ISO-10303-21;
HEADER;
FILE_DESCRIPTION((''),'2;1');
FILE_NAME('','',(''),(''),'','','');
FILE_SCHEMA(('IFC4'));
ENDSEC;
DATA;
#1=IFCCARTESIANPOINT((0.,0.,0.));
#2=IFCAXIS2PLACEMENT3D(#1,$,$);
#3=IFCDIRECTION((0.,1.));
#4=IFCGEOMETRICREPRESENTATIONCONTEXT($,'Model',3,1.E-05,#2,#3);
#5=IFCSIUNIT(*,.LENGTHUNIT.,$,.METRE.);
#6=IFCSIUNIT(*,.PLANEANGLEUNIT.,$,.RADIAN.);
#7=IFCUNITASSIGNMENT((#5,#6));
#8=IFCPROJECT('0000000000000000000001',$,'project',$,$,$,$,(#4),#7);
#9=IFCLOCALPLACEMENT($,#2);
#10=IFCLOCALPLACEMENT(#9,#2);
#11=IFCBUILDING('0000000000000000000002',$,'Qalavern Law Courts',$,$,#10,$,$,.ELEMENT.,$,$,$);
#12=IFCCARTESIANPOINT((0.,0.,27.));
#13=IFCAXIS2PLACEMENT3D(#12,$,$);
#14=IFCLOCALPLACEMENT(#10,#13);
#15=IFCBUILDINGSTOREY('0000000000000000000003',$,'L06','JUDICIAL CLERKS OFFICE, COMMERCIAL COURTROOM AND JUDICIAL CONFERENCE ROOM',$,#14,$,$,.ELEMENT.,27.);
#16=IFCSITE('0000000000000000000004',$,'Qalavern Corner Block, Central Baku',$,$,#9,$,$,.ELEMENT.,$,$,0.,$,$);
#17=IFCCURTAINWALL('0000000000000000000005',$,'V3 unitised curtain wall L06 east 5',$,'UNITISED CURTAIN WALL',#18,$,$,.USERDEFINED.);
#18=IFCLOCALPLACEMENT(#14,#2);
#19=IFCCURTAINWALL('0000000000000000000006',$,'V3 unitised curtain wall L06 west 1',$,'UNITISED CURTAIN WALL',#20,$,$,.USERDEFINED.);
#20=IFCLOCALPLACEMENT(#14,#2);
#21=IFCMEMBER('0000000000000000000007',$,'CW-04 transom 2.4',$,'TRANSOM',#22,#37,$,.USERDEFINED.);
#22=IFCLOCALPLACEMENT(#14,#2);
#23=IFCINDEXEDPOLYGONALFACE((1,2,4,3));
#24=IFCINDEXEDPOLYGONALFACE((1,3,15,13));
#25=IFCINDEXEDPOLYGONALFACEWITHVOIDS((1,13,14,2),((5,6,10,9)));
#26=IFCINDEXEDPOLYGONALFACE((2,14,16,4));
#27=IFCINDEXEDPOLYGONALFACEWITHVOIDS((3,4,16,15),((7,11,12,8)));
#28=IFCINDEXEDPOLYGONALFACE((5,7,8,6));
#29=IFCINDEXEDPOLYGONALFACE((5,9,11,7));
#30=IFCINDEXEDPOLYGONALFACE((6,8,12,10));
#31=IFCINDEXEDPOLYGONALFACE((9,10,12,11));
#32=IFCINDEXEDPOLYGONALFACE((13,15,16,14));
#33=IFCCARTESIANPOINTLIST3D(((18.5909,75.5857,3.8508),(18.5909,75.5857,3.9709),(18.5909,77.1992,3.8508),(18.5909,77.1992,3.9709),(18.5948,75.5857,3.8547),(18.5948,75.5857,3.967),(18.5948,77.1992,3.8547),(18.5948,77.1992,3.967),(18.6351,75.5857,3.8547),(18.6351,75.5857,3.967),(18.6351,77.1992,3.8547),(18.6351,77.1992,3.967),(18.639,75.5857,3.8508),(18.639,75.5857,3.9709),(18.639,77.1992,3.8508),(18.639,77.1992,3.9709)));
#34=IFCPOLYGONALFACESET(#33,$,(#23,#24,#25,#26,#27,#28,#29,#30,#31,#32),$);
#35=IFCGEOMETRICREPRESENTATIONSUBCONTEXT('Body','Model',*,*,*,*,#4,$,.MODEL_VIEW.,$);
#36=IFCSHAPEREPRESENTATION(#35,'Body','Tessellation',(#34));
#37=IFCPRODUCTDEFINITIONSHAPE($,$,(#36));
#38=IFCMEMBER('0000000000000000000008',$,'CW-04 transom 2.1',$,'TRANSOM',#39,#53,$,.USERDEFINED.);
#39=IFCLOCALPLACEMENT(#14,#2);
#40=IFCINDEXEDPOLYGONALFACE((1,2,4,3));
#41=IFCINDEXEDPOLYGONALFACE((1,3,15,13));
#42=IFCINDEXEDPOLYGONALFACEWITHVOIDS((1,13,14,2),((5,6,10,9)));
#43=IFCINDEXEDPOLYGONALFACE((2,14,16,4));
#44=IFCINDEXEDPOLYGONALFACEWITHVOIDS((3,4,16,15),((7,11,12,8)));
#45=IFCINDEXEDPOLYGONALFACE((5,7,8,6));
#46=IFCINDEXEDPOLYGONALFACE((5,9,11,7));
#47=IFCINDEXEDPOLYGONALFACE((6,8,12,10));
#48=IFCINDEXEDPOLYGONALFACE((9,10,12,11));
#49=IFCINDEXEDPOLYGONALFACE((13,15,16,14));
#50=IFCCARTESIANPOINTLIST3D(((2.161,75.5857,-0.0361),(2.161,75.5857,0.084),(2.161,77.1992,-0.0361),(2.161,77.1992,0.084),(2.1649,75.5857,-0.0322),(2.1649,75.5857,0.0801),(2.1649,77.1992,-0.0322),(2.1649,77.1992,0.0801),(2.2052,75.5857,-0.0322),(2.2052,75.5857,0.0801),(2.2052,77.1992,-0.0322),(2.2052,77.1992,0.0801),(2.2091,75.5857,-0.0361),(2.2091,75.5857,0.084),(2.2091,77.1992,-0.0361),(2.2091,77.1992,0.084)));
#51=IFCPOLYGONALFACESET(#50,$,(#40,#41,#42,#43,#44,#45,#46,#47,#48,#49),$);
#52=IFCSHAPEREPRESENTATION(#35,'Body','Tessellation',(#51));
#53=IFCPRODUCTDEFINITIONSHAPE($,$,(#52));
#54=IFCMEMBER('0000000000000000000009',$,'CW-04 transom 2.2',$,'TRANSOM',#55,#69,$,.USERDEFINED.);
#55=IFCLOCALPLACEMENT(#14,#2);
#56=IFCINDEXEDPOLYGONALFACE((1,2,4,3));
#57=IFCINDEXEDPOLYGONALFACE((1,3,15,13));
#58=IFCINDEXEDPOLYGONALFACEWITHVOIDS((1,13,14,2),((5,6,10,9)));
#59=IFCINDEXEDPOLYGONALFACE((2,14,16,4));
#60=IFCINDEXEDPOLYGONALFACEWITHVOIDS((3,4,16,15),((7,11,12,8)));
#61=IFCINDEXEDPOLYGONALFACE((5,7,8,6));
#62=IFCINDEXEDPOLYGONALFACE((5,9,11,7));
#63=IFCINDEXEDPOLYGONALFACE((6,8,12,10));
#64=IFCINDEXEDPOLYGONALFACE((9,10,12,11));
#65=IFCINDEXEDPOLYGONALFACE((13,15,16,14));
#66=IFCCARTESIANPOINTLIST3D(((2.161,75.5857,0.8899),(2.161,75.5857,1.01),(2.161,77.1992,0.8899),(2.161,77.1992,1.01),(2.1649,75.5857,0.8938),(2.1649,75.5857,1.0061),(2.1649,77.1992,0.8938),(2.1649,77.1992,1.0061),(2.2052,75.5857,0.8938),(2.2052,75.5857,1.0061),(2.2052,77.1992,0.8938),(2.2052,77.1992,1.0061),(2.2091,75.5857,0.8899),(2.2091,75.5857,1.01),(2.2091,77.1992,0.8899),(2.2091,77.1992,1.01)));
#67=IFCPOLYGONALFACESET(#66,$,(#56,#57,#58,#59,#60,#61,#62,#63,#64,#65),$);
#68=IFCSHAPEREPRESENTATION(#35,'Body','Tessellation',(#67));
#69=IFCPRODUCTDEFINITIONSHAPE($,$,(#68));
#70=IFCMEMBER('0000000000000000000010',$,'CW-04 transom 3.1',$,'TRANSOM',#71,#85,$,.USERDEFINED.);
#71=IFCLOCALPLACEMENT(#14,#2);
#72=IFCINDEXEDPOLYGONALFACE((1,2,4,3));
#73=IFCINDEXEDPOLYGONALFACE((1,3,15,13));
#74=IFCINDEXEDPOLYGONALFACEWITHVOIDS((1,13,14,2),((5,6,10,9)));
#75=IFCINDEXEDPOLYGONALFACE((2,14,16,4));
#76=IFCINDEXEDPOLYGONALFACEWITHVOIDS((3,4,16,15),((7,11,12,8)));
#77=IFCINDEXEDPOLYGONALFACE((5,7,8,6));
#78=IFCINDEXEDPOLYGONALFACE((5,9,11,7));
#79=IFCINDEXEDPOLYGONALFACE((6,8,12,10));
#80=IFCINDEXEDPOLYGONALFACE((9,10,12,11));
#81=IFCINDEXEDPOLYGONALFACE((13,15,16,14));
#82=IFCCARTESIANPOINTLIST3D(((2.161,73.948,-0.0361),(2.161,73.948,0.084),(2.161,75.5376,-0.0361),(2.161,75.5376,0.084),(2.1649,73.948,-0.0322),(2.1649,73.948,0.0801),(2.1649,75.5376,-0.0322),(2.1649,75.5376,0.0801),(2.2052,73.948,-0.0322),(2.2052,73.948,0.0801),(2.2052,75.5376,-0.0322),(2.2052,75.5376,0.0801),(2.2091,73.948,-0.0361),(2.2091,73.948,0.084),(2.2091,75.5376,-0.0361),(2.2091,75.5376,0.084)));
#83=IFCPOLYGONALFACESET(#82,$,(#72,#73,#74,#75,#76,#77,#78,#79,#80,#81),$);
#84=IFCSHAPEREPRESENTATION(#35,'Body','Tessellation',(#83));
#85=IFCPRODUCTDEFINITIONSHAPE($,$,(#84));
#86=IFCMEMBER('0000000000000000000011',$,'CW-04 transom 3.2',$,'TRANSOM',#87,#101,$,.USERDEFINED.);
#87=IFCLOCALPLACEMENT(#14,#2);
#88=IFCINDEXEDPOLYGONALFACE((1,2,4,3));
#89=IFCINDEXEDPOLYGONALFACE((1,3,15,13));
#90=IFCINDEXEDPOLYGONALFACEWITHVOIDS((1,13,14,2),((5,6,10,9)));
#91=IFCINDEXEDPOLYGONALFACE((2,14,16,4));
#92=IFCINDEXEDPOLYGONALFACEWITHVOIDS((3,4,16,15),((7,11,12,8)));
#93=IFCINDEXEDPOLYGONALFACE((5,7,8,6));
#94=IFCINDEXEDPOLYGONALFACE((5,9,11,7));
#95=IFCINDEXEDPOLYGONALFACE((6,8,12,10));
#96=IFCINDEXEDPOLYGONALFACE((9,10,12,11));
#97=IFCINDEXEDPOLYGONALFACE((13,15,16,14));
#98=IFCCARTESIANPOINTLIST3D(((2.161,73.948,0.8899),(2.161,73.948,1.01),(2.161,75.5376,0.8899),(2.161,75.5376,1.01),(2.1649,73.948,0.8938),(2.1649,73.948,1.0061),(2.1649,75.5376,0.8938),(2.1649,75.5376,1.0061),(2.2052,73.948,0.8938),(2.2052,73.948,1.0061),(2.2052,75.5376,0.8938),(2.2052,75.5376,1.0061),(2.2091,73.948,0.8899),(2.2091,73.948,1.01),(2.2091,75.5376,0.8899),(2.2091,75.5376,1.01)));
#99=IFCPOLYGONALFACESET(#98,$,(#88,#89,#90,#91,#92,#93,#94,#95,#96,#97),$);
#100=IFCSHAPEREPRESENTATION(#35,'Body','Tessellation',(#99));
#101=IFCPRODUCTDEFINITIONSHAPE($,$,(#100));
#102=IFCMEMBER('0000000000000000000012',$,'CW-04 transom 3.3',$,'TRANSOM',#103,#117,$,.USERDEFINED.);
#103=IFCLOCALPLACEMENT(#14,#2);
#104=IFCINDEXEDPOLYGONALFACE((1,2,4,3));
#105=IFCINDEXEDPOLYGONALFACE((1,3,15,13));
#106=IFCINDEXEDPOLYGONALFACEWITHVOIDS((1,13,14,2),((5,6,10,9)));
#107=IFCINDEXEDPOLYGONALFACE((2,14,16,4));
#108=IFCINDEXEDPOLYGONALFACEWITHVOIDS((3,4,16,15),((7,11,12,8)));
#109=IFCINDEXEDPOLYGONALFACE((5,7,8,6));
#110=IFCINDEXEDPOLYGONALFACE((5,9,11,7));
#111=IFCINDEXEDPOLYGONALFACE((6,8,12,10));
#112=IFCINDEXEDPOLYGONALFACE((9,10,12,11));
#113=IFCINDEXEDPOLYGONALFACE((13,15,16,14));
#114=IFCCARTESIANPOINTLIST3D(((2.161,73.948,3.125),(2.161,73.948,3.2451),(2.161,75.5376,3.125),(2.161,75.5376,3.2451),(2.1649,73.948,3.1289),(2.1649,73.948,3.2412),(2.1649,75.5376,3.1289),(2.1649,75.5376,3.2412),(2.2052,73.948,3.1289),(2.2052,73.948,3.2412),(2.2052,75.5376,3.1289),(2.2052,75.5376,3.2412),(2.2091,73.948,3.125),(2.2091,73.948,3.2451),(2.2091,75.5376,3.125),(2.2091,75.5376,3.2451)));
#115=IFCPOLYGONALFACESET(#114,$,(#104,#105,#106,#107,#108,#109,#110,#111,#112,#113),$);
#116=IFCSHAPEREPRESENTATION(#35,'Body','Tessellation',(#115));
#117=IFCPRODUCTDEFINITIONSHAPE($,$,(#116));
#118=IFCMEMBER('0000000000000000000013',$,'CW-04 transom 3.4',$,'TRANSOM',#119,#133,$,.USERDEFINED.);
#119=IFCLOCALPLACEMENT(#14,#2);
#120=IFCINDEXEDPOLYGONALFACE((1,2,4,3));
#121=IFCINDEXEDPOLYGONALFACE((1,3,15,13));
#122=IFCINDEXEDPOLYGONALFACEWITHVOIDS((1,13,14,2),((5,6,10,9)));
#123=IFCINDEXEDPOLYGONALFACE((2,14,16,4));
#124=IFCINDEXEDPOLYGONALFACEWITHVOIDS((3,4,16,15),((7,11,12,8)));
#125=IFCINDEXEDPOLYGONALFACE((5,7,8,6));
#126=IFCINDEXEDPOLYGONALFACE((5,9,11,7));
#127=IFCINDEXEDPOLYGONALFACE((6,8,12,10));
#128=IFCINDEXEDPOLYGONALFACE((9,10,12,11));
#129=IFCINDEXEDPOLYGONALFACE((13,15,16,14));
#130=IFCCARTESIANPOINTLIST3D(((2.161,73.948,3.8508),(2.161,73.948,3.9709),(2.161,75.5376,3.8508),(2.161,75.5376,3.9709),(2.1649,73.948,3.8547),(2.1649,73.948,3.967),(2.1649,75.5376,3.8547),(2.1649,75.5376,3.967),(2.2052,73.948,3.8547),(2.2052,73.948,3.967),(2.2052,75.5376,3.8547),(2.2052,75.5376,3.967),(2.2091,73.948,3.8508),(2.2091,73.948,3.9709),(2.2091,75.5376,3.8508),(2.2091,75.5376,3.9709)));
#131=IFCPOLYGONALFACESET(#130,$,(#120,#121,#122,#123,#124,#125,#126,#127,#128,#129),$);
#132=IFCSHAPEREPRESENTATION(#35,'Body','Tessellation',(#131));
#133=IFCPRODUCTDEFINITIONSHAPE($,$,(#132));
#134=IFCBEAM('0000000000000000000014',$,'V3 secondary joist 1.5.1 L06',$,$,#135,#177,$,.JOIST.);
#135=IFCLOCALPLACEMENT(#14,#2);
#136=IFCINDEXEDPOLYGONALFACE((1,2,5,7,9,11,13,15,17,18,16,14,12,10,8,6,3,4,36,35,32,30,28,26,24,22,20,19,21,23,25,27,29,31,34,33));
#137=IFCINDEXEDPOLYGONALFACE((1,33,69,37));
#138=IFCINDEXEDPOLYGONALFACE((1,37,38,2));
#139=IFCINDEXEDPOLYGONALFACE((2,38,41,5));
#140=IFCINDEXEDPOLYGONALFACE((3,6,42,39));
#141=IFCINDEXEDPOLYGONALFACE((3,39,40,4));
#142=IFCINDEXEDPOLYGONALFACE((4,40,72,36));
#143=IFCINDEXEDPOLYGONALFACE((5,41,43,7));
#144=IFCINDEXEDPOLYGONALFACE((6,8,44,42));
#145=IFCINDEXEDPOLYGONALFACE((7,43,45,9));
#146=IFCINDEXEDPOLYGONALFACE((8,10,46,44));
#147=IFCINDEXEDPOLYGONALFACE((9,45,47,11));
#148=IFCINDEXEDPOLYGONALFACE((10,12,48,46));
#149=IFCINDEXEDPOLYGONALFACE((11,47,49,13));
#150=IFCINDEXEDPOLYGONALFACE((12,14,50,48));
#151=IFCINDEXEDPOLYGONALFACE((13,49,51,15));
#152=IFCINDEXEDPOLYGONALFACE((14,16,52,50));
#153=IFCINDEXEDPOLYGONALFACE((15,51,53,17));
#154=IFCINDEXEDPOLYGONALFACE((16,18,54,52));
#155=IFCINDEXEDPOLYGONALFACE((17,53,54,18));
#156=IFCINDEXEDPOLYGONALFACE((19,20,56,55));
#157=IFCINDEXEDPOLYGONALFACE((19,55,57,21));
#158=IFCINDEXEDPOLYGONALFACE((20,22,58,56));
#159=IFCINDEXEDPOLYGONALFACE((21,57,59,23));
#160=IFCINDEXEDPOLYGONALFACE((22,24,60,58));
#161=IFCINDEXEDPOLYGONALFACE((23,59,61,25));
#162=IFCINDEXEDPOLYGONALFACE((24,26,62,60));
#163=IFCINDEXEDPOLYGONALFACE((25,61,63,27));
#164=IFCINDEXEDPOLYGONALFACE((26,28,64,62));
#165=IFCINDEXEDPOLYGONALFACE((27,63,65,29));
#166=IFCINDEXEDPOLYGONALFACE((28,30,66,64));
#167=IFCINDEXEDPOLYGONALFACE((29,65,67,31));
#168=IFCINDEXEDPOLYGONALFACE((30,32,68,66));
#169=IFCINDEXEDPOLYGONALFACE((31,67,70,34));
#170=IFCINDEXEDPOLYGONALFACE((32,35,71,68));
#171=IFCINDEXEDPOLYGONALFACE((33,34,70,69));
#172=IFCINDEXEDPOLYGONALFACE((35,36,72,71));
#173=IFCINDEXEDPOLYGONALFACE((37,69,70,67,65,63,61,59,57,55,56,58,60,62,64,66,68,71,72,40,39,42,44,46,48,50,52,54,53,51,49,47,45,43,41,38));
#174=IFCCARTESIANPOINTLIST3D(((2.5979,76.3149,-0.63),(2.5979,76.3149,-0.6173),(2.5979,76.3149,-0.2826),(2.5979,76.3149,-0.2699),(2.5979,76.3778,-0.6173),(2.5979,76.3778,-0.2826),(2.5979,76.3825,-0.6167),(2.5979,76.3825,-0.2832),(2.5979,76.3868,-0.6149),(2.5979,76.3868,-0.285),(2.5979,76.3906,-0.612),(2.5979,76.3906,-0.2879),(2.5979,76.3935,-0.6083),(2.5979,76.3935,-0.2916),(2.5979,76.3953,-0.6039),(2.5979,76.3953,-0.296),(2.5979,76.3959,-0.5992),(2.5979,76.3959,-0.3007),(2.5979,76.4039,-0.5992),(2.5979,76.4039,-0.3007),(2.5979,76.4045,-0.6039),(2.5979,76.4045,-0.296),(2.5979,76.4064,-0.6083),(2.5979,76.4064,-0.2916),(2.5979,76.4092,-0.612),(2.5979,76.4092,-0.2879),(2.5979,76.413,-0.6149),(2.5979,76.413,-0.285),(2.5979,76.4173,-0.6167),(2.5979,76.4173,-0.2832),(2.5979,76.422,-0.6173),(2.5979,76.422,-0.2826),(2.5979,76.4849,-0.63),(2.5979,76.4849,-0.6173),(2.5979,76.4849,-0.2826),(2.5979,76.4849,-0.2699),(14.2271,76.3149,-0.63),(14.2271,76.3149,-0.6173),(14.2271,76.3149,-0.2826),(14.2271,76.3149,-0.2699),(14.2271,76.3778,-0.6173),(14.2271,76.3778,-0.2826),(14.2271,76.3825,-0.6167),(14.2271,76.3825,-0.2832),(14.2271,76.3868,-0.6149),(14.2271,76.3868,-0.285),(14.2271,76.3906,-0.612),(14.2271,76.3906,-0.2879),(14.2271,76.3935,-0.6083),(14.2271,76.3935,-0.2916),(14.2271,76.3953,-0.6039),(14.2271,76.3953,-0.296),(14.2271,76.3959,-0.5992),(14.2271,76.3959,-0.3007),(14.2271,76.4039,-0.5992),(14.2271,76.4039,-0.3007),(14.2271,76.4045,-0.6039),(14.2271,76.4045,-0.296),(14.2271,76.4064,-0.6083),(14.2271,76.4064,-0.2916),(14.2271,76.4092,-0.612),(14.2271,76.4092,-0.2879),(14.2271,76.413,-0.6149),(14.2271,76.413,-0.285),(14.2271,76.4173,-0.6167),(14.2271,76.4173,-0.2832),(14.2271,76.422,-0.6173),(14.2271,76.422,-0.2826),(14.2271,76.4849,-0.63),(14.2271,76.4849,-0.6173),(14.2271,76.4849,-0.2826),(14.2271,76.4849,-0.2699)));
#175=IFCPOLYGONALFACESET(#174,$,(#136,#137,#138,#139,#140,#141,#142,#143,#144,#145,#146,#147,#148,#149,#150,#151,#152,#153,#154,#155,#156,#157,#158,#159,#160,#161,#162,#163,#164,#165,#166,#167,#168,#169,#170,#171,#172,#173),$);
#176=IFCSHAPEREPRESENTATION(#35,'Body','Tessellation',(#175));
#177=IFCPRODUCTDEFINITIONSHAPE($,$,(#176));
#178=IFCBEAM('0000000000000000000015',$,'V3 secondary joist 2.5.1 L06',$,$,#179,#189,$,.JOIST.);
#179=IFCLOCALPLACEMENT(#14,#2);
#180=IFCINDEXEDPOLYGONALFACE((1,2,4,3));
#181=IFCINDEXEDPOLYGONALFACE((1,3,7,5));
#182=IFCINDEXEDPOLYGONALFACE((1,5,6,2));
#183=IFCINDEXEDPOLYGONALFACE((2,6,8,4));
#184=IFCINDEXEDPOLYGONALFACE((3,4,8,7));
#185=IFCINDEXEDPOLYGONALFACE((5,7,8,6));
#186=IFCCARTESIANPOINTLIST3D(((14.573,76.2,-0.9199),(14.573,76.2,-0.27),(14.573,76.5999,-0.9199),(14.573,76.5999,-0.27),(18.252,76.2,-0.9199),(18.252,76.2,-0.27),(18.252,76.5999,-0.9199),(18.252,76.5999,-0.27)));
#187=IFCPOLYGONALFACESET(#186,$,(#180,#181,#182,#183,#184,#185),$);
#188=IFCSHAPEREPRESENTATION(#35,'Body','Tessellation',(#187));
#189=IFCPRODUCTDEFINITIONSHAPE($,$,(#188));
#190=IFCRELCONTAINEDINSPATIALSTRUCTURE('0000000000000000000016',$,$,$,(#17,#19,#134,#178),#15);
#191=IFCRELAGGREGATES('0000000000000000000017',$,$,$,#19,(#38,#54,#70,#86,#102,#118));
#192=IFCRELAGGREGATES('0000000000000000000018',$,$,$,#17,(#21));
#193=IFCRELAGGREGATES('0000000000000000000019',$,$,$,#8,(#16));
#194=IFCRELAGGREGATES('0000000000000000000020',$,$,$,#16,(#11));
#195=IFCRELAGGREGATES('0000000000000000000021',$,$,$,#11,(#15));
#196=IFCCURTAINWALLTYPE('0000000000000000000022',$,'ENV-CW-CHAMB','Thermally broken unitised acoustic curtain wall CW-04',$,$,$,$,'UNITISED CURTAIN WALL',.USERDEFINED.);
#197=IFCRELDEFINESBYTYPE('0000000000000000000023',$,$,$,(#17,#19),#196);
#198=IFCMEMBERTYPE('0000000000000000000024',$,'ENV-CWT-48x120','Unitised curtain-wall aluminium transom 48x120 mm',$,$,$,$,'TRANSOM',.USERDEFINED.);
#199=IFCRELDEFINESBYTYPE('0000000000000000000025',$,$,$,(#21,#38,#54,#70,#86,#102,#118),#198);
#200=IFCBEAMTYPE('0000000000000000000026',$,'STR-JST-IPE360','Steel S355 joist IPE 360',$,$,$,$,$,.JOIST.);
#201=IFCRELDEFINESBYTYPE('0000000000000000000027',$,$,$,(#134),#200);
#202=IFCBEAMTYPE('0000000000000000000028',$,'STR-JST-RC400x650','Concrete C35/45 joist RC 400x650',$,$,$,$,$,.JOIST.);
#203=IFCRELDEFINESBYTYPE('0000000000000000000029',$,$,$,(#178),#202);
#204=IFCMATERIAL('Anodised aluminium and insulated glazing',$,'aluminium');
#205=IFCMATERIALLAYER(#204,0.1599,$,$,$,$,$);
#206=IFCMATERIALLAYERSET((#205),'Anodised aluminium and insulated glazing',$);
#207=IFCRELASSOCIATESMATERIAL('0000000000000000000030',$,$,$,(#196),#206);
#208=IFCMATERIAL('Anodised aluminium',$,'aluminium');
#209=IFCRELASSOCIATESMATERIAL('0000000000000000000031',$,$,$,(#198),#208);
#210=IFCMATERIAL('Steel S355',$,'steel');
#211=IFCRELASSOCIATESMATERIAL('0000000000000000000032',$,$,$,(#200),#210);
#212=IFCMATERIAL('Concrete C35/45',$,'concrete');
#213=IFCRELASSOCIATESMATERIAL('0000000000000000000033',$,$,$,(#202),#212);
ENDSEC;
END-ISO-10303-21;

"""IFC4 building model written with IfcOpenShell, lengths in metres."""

from ifc_helpers import new_model, si_unit, direction, frame, origin, origin_2d, place, context, subcontext, project, spatial, rectangle, hollow_rectangle, i_section, extrude, material, layer, layer_set, material_profile, profile_set, type_object, element, aggregate, save


model = new_model("IFC4")

# Units and contexts
model_context = context("Model", 3, precision=1e-05, world=origin(), true_north=direction((0.0, 1.0)))
body_context = subcontext(model_context, "Body", "Model", "MODEL_VIEW")
ifc_project = project(units=[si_unit("LENGTHUNIT", "METRE"), si_unit("PLANEANGLEUNIT", "RADIAN")], contexts=[model_context])

# Site, building, storey
site_placement = place(None, origin())
site = spatial("IfcSite", under=ifc_project, at=site_placement, Name="Qalavern Corner Block, Central Baku", CompositionType="ELEMENT", RefElevation=0.0)
building_placement = place(site_placement, origin())
building = spatial("IfcBuilding", under=site, at=building_placement, Name="Qalavern Law Courts", CompositionType="ELEMENT")
storey_placement = place(building_placement, frame((0.0, 0.0, 27.0)))
storey = spatial("IfcBuildingStorey", under=building, at=storey_placement, Name="L06", Description="JUDICIAL CLERKS OFFICE, COMMERCIAL COURTROOM AND JUDICIAL CONFERENCE ROOM", CompositionType="ELEMENT", Elevation=27.0)

# Curtain walls
ifc_material_1 = material(Name="Anodised aluminium and insulated glazing", Category="aluminium")
ifc_layer_1 = layer(ifc_material_1, 0.1599)
ifc_layer_set_1 = layer_set([ifc_layer_1], Name="Anodised aluminium and insulated glazing")
curtain_wall_type = type_object("IfcCurtainWallType", Name="ENV-CW-CHAMB", Description="Thermally broken unitised acoustic curtain wall CW-04", ElementType="UNITISED CURTAIN WALL", PredefinedType="USERDEFINED", material=ifc_layer_set_1)
curtain_wall_1_placement = place(storey_placement, origin())
curtain_wall_1 = element("IfcCurtainWall", 1, at=curtain_wall_1_placement, inside=storey, type_object=curtain_wall_type, Name="V3 unitised curtain wall L06 east 5", ObjectType="UNITISED CURTAIN WALL", PredefinedType="USERDEFINED")
ifc_material_2 = material(Name="Anodised aluminium", Category="aluminium")
curtain_wall_2_placement = place(storey_placement, origin())
curtain_wall_2 = element("IfcCurtainWall", 2, at=curtain_wall_2_placement, inside=storey, type_object=curtain_wall_type, Name="V3 unitised curtain wall L06 west 1", ObjectType="UNITISED CURTAIN WALL", PredefinedType="USERDEFINED")

# Members
ifc_material_profile_1 = material_profile(ifc_material_2, hollow_rectangle(XDim=0.0481, YDim=0.1201, WallThickness=0.0039, at=origin_2d()), Name="ALU TRANSOM 48x120")
ifc_profile_set_1 = profile_set([ifc_material_profile_1], Name="Anodised aluminium")
member_type_1 = type_object("IfcMemberType", Name="ENV-CWT-48x120", Description="Unitised curtain-wall aluminium transom 48x120 mm", ElementType="TRANSOM", PredefinedType="USERDEFINED", material=ifc_profile_set_1)
member_1_placement = place(storey_placement, frame((18.615, 75.5857, 3.9109), z_axis=(0.0, 1.0, 0.0), x_axis=(-1.0, 0.0, 0.0)))
member_1 = element("IfcMember", 3, at=member_1_placement, type_object=member_type_1, Name="CW-04 transom 2.4", ObjectType="TRANSOM", PredefinedType="USERDEFINED", context=body_context, shape_type="SweptSolid", body=[
    extrude(hollow_rectangle(XDim=0.0481, YDim=0.1201, WallThickness=0.0039, at=origin_2d()), origin(), (0.0, 0.0, 1.0), 1.6135),
])
member_2_placement = place(storey_placement, frame((2.1851, 77.1992, 0.0239), z_axis=(0.0, -1.0, 0.0), x_axis=(1.0, 0.0, 0.0)))
member_2 = element("IfcMember", 4, at=member_2_placement, type_object=member_type_1, Name="CW-04 transom 2.1", ObjectType="TRANSOM", PredefinedType="USERDEFINED", context=body_context, shape_type="SweptSolid", body=[
    extrude(hollow_rectangle(XDim=0.0481, YDim=0.1201, WallThickness=0.0039, at=origin_2d()), origin(), (0.0, 0.0, 1.0), 1.6135),
])
member_3_placement = place(storey_placement, frame((2.1851, 77.1992, 0.95), z_axis=(0.0, -1.0, 0.0), x_axis=(1.0, 0.0, 0.0)))
member_3 = element("IfcMember", 5, at=member_3_placement, type_object=member_type_1, Name="CW-04 transom 2.2", ObjectType="TRANSOM", PredefinedType="USERDEFINED", context=body_context, shape_type="SweptSolid", body=[
    extrude(hollow_rectangle(XDim=0.0481, YDim=0.1201, WallThickness=0.0039, at=origin_2d()), origin(), (0.0, 0.0, 1.0), 1.6135),
])
member_4_placement = place(storey_placement, frame((2.1851, 75.5376, 0.0239), z_axis=(0.0, -1.0, 0.0), x_axis=(1.0, 0.0, 0.0)))
member_4 = element("IfcMember", 6, at=member_4_placement, type_object=member_type_1, Name="CW-04 transom 3.1", ObjectType="TRANSOM", PredefinedType="USERDEFINED", context=body_context, shape_type="SweptSolid", body=[
    extrude(hollow_rectangle(XDim=0.0481, YDim=0.1201, WallThickness=0.0039, at=origin_2d()), origin(), (0.0, 0.0, 1.0), 1.5896),
])
member_5_placement = place(storey_placement, frame((2.1851, 75.5376, 0.95), z_axis=(0.0, -1.0, 0.0), x_axis=(1.0, 0.0, 0.0)))
member_5 = element("IfcMember", 7, at=member_5_placement, type_object=member_type_1, Name="CW-04 transom 3.2", ObjectType="TRANSOM", PredefinedType="USERDEFINED", context=body_context, shape_type="SweptSolid", body=[
    extrude(hollow_rectangle(XDim=0.0481, YDim=0.1201, WallThickness=0.0039, at=origin_2d()), origin(), (0.0, 0.0, 1.0), 1.5896),
])
member_6_placement = place(storey_placement, frame((2.1851, 75.5376, 3.1851), z_axis=(0.0, -1.0, 0.0), x_axis=(1.0, 0.0, 0.0)))
member_6 = element("IfcMember", 8, at=member_6_placement, type_object=member_type_1, Name="CW-04 transom 3.3", ObjectType="TRANSOM", PredefinedType="USERDEFINED", context=body_context, shape_type="SweptSolid", body=[
    extrude(hollow_rectangle(XDim=0.0481, YDim=0.1201, WallThickness=0.0039, at=origin_2d()), origin(), (0.0, 0.0, 1.0), 1.5896),
])
member_7_placement = place(storey_placement, frame((2.1851, 75.5376, 3.9109), z_axis=(0.0, -1.0, 0.0), x_axis=(1.0, 0.0, 0.0)))
member_7 = element("IfcMember", 9, at=member_7_placement, type_object=member_type_1, Name="CW-04 transom 3.4", ObjectType="TRANSOM", PredefinedType="USERDEFINED", context=body_context, shape_type="SweptSolid", body=[
    extrude(hollow_rectangle(XDim=0.0481, YDim=0.1201, WallThickness=0.0039, at=origin_2d()), origin(), (0.0, 0.0, 1.0), 1.5896),
])

# Beams
ifc_material_3 = material(Name="Steel S355", Category="steel")
ifc_material_profile_2 = material_profile(ifc_material_3, i_section(OverallWidth=0.1699, OverallDepth=0.3601, WebThickness=0.0081, FlangeThickness=0.0127, FilletRadius=0.0181, at=origin_2d()), Name="IPE 360")
ifc_profile_set_2 = profile_set([ifc_material_profile_2], Name="Steel S355")
beam_type_1 = type_object("IfcBeamType", Name="STR-JST-IPE360", Description="Steel S355 joist IPE 360", PredefinedType="JOIST", material=ifc_profile_set_2)
beam_1_placement = place(storey_placement, frame((2.5979, 76.3999, -0.45), z_axis=(1.0, 0.0, 0.0), x_axis=(0.0, 1.0, 0.0)))
element("IfcBeam", 10, at=beam_1_placement, inside=storey, type_object=beam_type_1, Name="V3 secondary joist 1.5.1 L06", PredefinedType="JOIST", context=body_context, shape_type="SweptSolid", body=[
    extrude(i_section(OverallWidth=0.1699, OverallDepth=0.3601, WebThickness=0.0081, FlangeThickness=0.0127, FilletRadius=0.0181, at=origin_2d()), origin(), (0.0, 0.0, 1.0), 11.6292),
])
ifc_material_4 = material(Name="Concrete C35/45", Category="concrete")
ifc_material_profile_3 = material_profile(ifc_material_4, rectangle(XDim=0.3999, YDim=0.6499, at=origin_2d()), Name="RC 400x650")
ifc_profile_set_3 = profile_set([ifc_material_profile_3], Name="Concrete C35/45")
beam_type_2 = type_object("IfcBeamType", Name="STR-JST-RC400x650", Description="Concrete C35/45 joist RC 400x650", PredefinedType="JOIST", material=ifc_profile_set_3)
beam_2_placement = place(storey_placement, frame((14.573, 76.3999, -0.595), z_axis=(1.0, 0.0, 0.0), x_axis=(0.0, 1.0, 0.0)))
element("IfcBeam", 11, at=beam_2_placement, inside=storey, type_object=beam_type_2, Name="V3 secondary joist 2.5.1 L06", PredefinedType="JOIST", context=body_context, shape_type="SweptSolid", body=[
    extrude(rectangle(XDim=0.3999, YDim=0.6499, at=origin_2d()), origin(), (0.0, 0.0, 1.0), 3.679),
])

aggregate(curtain_wall_2, [member_2, member_3, member_4, member_5, member_6, member_7])
aggregate(curtain_wall_1, [member_1])

save(model, "model.ifc")
